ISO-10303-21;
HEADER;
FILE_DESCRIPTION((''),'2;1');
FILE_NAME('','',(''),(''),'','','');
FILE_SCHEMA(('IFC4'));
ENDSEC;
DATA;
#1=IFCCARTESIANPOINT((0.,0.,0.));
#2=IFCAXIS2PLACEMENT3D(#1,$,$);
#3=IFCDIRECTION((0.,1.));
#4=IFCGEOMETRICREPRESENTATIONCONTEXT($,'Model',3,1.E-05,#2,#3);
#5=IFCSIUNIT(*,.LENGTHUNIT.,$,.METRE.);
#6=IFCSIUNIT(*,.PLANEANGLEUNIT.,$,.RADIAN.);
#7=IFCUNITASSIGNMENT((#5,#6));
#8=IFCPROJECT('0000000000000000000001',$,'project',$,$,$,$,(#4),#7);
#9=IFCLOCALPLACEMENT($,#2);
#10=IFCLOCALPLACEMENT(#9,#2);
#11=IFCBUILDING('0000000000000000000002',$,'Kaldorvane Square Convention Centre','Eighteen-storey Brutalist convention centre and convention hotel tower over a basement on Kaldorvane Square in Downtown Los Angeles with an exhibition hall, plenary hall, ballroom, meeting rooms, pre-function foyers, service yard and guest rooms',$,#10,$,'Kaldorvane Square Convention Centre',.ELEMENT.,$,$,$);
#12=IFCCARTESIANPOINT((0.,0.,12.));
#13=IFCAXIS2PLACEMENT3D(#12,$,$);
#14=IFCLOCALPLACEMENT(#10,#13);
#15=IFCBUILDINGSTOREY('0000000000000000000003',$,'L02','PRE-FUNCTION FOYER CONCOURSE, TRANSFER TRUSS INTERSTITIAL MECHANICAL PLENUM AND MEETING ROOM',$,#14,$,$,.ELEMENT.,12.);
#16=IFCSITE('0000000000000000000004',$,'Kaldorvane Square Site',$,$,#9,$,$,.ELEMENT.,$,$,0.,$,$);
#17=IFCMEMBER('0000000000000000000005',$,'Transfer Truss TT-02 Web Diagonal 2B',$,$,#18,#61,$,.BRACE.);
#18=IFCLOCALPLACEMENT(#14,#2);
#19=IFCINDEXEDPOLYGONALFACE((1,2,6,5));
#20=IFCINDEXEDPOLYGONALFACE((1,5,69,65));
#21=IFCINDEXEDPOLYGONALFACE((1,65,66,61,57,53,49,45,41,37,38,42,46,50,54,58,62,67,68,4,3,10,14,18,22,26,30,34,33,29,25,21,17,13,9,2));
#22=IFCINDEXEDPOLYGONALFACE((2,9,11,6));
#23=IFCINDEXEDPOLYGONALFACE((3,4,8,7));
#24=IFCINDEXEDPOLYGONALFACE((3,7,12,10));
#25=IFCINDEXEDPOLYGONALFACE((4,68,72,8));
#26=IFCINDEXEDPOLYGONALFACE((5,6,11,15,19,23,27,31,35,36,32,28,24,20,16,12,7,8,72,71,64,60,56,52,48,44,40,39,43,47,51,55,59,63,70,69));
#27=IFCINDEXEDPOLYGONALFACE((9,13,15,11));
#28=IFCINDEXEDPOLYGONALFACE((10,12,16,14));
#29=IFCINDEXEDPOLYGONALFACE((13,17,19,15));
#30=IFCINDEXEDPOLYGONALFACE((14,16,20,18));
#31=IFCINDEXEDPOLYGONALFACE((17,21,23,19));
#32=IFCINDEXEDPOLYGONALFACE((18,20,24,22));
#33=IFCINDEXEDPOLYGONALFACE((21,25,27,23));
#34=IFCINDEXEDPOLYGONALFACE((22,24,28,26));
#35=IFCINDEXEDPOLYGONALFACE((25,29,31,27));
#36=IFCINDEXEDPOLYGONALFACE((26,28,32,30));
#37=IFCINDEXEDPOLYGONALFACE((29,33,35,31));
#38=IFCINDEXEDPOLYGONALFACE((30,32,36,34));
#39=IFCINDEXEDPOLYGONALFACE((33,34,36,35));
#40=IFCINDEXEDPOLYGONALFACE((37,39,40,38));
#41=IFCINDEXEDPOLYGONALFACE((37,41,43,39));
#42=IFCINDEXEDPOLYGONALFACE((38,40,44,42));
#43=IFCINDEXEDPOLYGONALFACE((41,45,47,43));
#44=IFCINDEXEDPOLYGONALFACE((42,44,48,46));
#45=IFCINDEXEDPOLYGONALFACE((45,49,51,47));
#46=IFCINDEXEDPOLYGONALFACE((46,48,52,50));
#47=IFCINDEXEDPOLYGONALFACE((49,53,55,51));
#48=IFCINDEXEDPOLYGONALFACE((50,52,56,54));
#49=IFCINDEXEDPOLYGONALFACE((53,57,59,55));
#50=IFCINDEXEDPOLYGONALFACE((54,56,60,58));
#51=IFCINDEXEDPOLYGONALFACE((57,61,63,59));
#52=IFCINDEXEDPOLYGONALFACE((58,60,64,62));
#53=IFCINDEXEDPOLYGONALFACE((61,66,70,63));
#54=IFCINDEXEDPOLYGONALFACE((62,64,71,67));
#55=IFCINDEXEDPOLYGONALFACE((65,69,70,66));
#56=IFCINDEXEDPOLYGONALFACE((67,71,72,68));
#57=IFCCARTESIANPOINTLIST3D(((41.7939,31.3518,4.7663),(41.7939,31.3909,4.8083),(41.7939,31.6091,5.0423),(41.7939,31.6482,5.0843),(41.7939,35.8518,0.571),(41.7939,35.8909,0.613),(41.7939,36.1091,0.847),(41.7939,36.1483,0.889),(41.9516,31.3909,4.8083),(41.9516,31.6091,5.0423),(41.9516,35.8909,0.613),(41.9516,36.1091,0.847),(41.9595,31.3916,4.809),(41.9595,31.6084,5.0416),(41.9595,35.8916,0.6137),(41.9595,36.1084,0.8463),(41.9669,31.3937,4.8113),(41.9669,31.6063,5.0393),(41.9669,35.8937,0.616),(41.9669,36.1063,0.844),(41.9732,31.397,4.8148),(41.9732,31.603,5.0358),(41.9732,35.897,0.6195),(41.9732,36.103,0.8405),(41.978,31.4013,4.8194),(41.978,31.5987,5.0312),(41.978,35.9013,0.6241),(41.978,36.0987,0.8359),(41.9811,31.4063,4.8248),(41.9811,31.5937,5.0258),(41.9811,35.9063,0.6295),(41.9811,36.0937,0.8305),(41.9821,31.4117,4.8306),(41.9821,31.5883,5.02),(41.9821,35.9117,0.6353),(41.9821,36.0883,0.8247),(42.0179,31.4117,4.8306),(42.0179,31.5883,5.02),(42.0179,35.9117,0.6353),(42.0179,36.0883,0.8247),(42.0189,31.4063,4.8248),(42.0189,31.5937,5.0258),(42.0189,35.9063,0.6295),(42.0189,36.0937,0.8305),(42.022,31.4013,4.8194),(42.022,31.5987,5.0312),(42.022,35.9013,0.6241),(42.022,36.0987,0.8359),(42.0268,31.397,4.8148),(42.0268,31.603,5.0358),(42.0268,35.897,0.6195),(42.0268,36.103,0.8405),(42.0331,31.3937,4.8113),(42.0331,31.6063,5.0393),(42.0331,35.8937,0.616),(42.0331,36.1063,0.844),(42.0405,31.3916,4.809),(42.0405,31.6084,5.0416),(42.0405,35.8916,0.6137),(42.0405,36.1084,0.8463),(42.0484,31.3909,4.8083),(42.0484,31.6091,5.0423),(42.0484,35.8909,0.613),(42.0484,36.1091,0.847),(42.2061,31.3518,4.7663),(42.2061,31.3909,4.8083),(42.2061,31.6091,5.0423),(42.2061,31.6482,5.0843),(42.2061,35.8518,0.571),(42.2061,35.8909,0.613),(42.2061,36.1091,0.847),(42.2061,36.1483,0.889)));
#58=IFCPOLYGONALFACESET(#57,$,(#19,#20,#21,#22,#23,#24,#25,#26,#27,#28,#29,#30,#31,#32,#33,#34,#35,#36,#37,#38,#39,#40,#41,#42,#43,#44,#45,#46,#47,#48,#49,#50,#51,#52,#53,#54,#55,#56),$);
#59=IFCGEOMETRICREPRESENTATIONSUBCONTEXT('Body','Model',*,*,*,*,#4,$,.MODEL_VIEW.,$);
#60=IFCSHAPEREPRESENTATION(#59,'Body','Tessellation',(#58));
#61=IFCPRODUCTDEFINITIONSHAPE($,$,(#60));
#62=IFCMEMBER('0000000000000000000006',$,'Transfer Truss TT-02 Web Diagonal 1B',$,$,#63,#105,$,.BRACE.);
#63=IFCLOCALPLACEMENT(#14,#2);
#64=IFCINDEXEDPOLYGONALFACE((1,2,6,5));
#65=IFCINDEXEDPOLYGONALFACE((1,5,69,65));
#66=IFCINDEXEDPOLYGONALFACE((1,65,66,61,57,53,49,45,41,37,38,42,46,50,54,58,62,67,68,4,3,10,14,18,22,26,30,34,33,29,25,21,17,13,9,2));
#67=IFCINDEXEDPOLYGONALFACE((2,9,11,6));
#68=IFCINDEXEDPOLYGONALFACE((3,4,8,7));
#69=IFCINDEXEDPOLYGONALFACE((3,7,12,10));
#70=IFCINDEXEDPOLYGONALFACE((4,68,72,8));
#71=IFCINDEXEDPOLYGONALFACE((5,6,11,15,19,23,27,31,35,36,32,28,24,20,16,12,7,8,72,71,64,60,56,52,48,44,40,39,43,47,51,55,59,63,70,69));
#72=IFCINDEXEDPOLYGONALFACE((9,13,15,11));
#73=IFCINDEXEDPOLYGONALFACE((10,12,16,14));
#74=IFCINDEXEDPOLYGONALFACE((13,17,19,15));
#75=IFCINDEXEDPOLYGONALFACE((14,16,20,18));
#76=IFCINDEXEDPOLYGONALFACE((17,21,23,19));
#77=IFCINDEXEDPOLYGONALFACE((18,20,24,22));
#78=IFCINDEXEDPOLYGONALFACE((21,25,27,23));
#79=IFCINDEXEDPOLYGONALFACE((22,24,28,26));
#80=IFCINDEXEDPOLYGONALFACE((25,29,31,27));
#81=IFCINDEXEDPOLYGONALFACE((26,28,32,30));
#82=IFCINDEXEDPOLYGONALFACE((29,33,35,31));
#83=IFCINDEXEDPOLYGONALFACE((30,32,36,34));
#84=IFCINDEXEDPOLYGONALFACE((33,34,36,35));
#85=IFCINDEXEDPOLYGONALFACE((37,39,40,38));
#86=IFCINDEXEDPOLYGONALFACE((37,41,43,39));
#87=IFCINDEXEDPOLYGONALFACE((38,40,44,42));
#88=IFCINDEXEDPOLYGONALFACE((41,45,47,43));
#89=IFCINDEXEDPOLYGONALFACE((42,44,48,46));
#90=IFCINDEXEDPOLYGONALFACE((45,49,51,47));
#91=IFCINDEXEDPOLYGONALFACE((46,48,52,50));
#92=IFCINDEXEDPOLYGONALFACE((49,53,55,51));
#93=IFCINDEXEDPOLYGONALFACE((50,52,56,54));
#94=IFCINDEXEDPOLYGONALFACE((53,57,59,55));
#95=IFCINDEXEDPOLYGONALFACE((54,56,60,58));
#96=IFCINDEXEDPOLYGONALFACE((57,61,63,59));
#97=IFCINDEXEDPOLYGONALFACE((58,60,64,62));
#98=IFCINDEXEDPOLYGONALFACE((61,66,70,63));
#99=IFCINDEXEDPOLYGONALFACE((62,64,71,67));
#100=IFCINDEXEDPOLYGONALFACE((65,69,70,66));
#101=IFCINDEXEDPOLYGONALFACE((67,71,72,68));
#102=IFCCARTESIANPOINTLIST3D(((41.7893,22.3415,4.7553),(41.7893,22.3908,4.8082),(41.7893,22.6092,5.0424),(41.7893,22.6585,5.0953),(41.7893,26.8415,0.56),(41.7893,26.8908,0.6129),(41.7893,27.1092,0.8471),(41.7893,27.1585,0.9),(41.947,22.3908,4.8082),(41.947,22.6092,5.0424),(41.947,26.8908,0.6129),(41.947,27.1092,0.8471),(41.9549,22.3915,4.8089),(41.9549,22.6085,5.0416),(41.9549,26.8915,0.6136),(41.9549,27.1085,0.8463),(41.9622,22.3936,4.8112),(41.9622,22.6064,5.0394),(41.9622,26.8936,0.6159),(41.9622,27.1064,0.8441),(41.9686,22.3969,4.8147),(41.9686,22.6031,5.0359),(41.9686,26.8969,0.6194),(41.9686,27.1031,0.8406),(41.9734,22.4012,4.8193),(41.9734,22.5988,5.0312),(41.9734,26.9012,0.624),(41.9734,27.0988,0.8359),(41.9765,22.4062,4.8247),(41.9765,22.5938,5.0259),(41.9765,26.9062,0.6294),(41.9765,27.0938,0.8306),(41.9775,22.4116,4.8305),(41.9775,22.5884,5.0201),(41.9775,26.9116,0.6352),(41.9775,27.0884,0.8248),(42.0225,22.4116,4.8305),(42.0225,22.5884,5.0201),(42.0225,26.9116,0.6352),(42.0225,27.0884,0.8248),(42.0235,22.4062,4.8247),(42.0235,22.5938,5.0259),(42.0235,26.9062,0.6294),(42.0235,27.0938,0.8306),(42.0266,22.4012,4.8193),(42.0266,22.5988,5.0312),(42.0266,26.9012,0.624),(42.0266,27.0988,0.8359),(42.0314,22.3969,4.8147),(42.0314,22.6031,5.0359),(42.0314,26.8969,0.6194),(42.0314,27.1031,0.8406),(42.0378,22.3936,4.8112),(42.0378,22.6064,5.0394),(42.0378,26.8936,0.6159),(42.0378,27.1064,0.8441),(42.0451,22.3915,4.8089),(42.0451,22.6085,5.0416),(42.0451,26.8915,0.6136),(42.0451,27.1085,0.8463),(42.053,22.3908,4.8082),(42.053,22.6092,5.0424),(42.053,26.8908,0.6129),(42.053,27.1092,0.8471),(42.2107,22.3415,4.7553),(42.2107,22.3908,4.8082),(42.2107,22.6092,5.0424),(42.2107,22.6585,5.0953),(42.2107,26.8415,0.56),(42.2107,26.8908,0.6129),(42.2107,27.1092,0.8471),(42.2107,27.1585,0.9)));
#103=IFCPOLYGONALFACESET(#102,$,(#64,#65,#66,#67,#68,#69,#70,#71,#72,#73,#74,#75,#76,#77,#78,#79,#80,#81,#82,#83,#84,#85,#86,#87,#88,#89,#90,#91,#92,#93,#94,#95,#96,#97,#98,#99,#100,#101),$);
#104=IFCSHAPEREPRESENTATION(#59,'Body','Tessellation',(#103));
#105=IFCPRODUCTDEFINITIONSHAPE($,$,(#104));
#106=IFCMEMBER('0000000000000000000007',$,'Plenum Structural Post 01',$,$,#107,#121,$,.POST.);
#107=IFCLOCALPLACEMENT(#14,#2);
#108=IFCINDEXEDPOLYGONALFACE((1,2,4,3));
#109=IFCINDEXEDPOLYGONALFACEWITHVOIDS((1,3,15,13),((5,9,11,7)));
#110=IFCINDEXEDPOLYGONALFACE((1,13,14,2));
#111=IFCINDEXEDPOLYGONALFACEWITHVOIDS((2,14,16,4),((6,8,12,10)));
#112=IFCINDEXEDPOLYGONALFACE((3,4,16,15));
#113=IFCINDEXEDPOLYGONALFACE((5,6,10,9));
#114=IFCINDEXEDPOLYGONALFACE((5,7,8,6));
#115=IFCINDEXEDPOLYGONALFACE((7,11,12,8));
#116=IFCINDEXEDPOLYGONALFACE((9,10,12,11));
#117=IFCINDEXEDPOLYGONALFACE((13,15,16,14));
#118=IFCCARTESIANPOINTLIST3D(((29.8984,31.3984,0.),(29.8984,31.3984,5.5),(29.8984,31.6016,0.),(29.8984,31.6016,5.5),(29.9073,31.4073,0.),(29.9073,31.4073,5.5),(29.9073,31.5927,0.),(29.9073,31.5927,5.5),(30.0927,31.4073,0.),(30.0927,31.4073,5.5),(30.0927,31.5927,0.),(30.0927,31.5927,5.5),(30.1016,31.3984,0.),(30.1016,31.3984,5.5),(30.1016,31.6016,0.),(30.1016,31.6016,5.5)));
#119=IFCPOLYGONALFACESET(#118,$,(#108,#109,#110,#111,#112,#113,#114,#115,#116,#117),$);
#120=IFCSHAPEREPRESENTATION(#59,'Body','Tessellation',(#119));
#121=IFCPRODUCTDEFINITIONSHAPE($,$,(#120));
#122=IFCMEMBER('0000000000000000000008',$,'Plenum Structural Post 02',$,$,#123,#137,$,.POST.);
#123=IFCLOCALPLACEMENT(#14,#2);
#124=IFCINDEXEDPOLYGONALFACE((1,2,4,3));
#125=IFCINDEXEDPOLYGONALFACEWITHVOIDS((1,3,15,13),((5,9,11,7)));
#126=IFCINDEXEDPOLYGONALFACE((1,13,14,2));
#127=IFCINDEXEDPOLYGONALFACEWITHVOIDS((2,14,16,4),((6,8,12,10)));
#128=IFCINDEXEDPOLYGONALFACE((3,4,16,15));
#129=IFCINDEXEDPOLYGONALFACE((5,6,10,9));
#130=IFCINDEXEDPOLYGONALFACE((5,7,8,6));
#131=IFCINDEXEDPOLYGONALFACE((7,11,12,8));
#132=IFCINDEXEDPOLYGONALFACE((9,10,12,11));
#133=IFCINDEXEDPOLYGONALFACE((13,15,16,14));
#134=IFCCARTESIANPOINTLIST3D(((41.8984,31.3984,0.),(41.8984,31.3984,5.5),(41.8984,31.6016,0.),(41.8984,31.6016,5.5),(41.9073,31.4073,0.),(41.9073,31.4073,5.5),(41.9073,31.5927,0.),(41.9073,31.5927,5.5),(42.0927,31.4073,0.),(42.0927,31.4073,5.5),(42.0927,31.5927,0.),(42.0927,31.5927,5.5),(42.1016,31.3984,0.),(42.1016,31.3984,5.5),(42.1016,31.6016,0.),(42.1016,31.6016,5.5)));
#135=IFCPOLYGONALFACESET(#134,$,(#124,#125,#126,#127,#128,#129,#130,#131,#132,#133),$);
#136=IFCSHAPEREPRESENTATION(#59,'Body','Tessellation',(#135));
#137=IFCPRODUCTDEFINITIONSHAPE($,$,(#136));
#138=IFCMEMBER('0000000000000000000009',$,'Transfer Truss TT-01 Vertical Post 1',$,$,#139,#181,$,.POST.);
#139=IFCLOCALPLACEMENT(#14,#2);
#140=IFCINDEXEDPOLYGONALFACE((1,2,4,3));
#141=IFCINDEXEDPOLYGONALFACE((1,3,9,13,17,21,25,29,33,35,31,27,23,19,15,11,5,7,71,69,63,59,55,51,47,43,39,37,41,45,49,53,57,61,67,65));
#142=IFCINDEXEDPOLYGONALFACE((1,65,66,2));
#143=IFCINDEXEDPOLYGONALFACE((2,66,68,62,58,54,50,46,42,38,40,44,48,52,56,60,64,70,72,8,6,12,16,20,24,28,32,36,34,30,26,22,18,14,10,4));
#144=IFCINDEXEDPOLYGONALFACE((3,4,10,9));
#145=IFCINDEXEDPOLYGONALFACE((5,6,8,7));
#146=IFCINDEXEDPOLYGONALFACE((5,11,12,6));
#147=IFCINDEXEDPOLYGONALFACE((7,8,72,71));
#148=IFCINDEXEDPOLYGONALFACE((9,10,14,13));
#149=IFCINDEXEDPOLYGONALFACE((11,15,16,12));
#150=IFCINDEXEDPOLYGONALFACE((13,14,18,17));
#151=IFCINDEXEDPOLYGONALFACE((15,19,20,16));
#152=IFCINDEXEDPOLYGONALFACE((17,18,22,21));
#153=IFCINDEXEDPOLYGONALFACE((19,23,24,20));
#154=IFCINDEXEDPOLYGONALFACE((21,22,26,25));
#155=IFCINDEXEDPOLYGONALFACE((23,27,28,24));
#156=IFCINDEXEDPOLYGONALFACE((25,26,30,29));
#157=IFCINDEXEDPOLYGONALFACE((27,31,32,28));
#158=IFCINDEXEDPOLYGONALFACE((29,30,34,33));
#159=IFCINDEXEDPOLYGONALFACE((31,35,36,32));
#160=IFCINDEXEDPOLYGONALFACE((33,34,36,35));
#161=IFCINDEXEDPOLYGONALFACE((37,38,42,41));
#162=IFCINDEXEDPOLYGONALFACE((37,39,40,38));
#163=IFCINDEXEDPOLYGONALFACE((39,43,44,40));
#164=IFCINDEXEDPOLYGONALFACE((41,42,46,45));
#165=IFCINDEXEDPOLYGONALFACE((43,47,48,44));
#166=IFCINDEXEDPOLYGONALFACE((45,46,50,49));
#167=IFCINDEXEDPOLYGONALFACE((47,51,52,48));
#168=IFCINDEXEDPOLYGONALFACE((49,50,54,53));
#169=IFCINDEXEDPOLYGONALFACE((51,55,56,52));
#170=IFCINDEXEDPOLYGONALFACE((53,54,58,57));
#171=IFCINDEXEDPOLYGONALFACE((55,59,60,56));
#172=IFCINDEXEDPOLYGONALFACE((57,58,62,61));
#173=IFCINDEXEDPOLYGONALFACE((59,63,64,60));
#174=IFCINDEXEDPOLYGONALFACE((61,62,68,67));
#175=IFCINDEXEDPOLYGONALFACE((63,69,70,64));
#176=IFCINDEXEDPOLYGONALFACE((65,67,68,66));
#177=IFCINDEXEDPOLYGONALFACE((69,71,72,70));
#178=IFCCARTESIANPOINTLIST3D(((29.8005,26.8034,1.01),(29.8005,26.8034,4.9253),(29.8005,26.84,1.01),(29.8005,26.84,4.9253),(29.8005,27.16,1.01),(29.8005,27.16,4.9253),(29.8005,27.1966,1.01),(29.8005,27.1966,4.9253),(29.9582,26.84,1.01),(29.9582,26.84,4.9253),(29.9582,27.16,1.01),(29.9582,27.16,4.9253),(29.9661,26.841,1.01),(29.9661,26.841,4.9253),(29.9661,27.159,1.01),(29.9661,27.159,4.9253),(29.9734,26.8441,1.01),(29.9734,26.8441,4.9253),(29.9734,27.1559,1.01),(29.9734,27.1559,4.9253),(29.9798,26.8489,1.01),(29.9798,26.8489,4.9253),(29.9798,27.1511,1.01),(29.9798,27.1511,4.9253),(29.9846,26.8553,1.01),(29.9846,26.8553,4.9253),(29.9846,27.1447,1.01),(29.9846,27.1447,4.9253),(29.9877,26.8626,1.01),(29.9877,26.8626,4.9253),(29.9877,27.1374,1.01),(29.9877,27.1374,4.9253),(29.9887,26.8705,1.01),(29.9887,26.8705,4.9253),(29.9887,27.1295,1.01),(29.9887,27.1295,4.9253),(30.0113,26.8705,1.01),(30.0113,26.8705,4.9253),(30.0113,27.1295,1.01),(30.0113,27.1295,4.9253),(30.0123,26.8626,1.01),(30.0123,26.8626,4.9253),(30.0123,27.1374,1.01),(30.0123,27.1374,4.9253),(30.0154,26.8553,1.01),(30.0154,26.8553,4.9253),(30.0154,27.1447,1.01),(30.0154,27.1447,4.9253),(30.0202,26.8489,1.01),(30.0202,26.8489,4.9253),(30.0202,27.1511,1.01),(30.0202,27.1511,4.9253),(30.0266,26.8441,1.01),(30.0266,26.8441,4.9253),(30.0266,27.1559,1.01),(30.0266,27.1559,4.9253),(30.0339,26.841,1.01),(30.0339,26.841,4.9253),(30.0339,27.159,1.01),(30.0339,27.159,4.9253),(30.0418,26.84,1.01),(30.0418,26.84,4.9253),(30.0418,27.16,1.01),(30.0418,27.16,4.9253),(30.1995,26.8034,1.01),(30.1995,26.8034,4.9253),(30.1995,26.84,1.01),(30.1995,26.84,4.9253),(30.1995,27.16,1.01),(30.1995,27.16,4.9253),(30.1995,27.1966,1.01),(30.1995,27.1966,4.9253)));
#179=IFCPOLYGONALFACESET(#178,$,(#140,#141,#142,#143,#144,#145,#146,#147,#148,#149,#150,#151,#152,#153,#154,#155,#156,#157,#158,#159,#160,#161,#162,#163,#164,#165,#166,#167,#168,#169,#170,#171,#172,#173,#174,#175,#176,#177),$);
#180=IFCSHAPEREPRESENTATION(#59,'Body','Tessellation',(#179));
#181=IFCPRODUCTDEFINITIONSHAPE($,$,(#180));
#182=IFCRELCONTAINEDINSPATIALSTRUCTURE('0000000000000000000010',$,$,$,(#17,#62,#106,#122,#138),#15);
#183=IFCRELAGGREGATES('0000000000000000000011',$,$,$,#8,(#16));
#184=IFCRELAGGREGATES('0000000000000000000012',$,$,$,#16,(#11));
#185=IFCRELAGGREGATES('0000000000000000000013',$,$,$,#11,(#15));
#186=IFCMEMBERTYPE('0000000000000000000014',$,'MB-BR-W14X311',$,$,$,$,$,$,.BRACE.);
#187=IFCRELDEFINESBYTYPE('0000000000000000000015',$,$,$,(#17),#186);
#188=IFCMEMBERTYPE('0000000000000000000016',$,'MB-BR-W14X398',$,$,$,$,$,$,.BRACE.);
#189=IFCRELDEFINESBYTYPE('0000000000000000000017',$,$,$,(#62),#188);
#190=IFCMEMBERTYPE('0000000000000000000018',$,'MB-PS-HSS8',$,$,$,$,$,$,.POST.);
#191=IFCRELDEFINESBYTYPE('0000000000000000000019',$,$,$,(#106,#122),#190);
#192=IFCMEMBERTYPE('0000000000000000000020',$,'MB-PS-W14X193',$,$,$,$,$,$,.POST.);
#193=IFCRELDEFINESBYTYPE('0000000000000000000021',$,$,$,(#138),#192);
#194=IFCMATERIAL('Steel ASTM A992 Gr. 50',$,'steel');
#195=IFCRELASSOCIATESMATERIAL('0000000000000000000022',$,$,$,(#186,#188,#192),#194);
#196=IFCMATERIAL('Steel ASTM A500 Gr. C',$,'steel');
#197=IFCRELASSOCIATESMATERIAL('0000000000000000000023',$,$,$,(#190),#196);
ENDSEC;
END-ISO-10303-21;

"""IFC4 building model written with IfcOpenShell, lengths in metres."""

from ifc_helpers import new_model, si_unit, direction, frame, origin, origin_2d, place, context, subcontext, project, spatial, hollow_rectangle, i_section, extrude, material, material_profile, profile_set, type_object, element, save


model = new_model("IFC4")

# Units and contexts
model_context = context("Model", 3, precision=1e-05, world=origin(), true_north=direction((0.0, 1.0)))
body_context = subcontext(model_context, "Body", "Model", "MODEL_VIEW")
ifc_project = project(units=[si_unit("LENGTHUNIT", "METRE"), si_unit("PLANEANGLEUNIT", "RADIAN")], contexts=[model_context])

# Site, building, storey
site_placement = place(None, origin())
site = spatial("IfcSite", under=ifc_project, at=site_placement, Name="Kaldorvane Square Site", CompositionType="ELEMENT", RefElevation=0.0)
building_placement = place(site_placement, origin())
building = spatial("IfcBuilding", under=site, at=building_placement, Name="Kaldorvane Square Convention Centre", Description="Eighteen-storey Brutalist convention centre and convention hotel tower over a basement on Kaldorvane Square in Downtown Los Angeles with an exhibition hall, plenary hall, ballroom, meeting rooms, pre-function foyers, service yard and guest rooms", LongName="Kaldorvane Square Convention Centre", CompositionType="ELEMENT")
storey_placement = place(building_placement, frame((0.0, 0.0, 12.0)))
storey = spatial("IfcBuildingStorey", under=building, at=storey_placement, Name="L02", Description="PRE-FUNCTION FOYER CONCOURSE, TRANSFER TRUSS INTERSTITIAL MECHANICAL PLENUM AND MEETING ROOM", CompositionType="ELEMENT", Elevation=12.0)

# Shared definitions
ifc_material_1 = material(Name="Steel ASTM A992 Gr. 50", Category="steel")

# Members
ifc_material_profile_1 = material_profile(ifc_material_1, i_section(OverallWidth=0.4122, OverallDepth=0.4348, WebThickness=0.0358, FlangeThickness=0.0574, FilletRadius=0.0305, at=origin_2d()), Name="W14X311")
ifc_profile_set_1 = profile_set([ifc_material_profile_1], Name="Steel ASTM A992 Gr. 50")
member_type_1 = type_object("IfcMemberType", Name="MB-BR-W14X311", PredefinedType="BRACE", material=ifc_profile_set_1)
for number, where, z_axis, x_axis, name in (
    (1, (42.0, 31.5, 4.9253), (0.0, 0.731436, -0.68191), (-1.0, 0.0, 0.0), "Transfer Truss TT-02 Web Diagonal 2B"),
):
    element("IfcMember", number, at=place(storey_placement, frame(where, z_axis=z_axis, x_axis=x_axis)), inside=storey, type_object=member_type_1, Name=name, PredefinedType="BRACE", context=body_context, shape_type="SweptSolid", body=[
        extrude(i_section(OverallWidth=0.4122, OverallDepth=0.4348, WebThickness=0.0358, FlangeThickness=0.0574, FilletRadius=0.0305, at=origin_2d()), origin(), (0.0, 0.0, 1.0), 6.1523),
    ])
ifc_material_profile_2 = material_profile(ifc_material_1, i_section(OverallWidth=0.4214, OverallDepth=0.4648, WebThickness=0.045, FlangeThickness=0.0723, FilletRadius=0.0305, at=origin_2d()), Name="W14X398")
ifc_profile_set_2 = profile_set([ifc_material_profile_2], Name="Steel ASTM A992 Gr. 50")
member_type_2 = type_object("IfcMemberType", Name="MB-BR-W14X398", PredefinedType="BRACE", material=ifc_profile_set_2)
member_placement = place(storey_placement, frame((42.0, 22.5, 4.9253), z_axis=(0.0, 0.731436, -0.68191), x_axis=(-1.0, 0.0, 0.0)))
element("IfcMember", 2, at=member_placement, inside=storey, type_object=member_type_2, Name="Transfer Truss TT-02 Web Diagonal 1B", PredefinedType="BRACE", context=body_context, shape_type="SweptSolid", body=[
    extrude(i_section(OverallWidth=0.4214, OverallDepth=0.4648, WebThickness=0.045, FlangeThickness=0.0723, FilletRadius=0.0305, at=origin_2d()), origin(), (0.0, 0.0, 1.0), 6.1523),
])
ifc_material_2 = material(Name="Steel ASTM A500 Gr. C", Category="steel")
ifc_material_profile_3 = material_profile(ifc_material_2, hollow_rectangle(XDim=0.2032, YDim=0.2032, WallThickness=0.0089, at=origin_2d()), Name="HSS8X8X3/8")
ifc_profile_set_3 = profile_set([ifc_material_profile_3], Name="Steel ASTM A500 Gr. C")
member_type_3 = type_object("IfcMemberType", Name="MB-PS-HSS8", PredefinedType="POST", material=ifc_profile_set_3)
for number, where, z_axis, x_axis, name in (
    (3, (30.0, 31.5, 0.0), (0.0, 0.0, 1.0), (1.0, 0.0, 0.0), "Plenum Structural Post 01"),
    (4, (42.0, 31.5, 0.0), (0.0, 0.0, 1.0), (1.0, 0.0, 0.0), "Plenum Structural Post 02"),
):
    element("IfcMember", number, at=place(storey_placement, frame(where, z_axis=z_axis, x_axis=x_axis)), inside=storey, type_object=member_type_3, Name=name, PredefinedType="POST", context=body_context, shape_type="SweptSolid", body=[
        extrude(hollow_rectangle(XDim=0.2032, YDim=0.2032, WallThickness=0.0089, at=origin_2d()), origin(), (0.0, 0.0, 1.0), 5.5),
    ])
ifc_material_profile_4 = material_profile(ifc_material_1, i_section(OverallWidth=0.399, OverallDepth=0.3932, WebThickness=0.0226, FlangeThickness=0.0366, FilletRadius=0.0305, at=origin_2d()), Name="W14X193")
ifc_profile_set_4 = profile_set([ifc_material_profile_4], Name="Steel ASTM A992 Gr. 50")
member_type_4 = type_object("IfcMemberType", Name="MB-PS-W14X193", PredefinedType="POST", material=ifc_profile_set_4)
for number, where, z_axis, x_axis, name in (
    (5, (30.0, 27.0, 1.01), (0.0, 0.0, 1.0), (1.0, 0.0, 0.0), "Transfer Truss TT-01 Vertical Post 1"),
):
    element("IfcMember", number, at=place(storey_placement, frame(where, z_axis=z_axis, x_axis=x_axis)), inside=storey, type_object=member_type_4, Name=name, PredefinedType="POST", context=body_context, shape_type="SweptSolid", body=[
        extrude(i_section(OverallWidth=0.399, OverallDepth=0.3932, WebThickness=0.0226, FlangeThickness=0.0366, FilletRadius=0.0305, at=origin_2d()), origin(), (0.0, 0.0, 1.0), 3.9153),
    ])

save(model, "model.ifc")
